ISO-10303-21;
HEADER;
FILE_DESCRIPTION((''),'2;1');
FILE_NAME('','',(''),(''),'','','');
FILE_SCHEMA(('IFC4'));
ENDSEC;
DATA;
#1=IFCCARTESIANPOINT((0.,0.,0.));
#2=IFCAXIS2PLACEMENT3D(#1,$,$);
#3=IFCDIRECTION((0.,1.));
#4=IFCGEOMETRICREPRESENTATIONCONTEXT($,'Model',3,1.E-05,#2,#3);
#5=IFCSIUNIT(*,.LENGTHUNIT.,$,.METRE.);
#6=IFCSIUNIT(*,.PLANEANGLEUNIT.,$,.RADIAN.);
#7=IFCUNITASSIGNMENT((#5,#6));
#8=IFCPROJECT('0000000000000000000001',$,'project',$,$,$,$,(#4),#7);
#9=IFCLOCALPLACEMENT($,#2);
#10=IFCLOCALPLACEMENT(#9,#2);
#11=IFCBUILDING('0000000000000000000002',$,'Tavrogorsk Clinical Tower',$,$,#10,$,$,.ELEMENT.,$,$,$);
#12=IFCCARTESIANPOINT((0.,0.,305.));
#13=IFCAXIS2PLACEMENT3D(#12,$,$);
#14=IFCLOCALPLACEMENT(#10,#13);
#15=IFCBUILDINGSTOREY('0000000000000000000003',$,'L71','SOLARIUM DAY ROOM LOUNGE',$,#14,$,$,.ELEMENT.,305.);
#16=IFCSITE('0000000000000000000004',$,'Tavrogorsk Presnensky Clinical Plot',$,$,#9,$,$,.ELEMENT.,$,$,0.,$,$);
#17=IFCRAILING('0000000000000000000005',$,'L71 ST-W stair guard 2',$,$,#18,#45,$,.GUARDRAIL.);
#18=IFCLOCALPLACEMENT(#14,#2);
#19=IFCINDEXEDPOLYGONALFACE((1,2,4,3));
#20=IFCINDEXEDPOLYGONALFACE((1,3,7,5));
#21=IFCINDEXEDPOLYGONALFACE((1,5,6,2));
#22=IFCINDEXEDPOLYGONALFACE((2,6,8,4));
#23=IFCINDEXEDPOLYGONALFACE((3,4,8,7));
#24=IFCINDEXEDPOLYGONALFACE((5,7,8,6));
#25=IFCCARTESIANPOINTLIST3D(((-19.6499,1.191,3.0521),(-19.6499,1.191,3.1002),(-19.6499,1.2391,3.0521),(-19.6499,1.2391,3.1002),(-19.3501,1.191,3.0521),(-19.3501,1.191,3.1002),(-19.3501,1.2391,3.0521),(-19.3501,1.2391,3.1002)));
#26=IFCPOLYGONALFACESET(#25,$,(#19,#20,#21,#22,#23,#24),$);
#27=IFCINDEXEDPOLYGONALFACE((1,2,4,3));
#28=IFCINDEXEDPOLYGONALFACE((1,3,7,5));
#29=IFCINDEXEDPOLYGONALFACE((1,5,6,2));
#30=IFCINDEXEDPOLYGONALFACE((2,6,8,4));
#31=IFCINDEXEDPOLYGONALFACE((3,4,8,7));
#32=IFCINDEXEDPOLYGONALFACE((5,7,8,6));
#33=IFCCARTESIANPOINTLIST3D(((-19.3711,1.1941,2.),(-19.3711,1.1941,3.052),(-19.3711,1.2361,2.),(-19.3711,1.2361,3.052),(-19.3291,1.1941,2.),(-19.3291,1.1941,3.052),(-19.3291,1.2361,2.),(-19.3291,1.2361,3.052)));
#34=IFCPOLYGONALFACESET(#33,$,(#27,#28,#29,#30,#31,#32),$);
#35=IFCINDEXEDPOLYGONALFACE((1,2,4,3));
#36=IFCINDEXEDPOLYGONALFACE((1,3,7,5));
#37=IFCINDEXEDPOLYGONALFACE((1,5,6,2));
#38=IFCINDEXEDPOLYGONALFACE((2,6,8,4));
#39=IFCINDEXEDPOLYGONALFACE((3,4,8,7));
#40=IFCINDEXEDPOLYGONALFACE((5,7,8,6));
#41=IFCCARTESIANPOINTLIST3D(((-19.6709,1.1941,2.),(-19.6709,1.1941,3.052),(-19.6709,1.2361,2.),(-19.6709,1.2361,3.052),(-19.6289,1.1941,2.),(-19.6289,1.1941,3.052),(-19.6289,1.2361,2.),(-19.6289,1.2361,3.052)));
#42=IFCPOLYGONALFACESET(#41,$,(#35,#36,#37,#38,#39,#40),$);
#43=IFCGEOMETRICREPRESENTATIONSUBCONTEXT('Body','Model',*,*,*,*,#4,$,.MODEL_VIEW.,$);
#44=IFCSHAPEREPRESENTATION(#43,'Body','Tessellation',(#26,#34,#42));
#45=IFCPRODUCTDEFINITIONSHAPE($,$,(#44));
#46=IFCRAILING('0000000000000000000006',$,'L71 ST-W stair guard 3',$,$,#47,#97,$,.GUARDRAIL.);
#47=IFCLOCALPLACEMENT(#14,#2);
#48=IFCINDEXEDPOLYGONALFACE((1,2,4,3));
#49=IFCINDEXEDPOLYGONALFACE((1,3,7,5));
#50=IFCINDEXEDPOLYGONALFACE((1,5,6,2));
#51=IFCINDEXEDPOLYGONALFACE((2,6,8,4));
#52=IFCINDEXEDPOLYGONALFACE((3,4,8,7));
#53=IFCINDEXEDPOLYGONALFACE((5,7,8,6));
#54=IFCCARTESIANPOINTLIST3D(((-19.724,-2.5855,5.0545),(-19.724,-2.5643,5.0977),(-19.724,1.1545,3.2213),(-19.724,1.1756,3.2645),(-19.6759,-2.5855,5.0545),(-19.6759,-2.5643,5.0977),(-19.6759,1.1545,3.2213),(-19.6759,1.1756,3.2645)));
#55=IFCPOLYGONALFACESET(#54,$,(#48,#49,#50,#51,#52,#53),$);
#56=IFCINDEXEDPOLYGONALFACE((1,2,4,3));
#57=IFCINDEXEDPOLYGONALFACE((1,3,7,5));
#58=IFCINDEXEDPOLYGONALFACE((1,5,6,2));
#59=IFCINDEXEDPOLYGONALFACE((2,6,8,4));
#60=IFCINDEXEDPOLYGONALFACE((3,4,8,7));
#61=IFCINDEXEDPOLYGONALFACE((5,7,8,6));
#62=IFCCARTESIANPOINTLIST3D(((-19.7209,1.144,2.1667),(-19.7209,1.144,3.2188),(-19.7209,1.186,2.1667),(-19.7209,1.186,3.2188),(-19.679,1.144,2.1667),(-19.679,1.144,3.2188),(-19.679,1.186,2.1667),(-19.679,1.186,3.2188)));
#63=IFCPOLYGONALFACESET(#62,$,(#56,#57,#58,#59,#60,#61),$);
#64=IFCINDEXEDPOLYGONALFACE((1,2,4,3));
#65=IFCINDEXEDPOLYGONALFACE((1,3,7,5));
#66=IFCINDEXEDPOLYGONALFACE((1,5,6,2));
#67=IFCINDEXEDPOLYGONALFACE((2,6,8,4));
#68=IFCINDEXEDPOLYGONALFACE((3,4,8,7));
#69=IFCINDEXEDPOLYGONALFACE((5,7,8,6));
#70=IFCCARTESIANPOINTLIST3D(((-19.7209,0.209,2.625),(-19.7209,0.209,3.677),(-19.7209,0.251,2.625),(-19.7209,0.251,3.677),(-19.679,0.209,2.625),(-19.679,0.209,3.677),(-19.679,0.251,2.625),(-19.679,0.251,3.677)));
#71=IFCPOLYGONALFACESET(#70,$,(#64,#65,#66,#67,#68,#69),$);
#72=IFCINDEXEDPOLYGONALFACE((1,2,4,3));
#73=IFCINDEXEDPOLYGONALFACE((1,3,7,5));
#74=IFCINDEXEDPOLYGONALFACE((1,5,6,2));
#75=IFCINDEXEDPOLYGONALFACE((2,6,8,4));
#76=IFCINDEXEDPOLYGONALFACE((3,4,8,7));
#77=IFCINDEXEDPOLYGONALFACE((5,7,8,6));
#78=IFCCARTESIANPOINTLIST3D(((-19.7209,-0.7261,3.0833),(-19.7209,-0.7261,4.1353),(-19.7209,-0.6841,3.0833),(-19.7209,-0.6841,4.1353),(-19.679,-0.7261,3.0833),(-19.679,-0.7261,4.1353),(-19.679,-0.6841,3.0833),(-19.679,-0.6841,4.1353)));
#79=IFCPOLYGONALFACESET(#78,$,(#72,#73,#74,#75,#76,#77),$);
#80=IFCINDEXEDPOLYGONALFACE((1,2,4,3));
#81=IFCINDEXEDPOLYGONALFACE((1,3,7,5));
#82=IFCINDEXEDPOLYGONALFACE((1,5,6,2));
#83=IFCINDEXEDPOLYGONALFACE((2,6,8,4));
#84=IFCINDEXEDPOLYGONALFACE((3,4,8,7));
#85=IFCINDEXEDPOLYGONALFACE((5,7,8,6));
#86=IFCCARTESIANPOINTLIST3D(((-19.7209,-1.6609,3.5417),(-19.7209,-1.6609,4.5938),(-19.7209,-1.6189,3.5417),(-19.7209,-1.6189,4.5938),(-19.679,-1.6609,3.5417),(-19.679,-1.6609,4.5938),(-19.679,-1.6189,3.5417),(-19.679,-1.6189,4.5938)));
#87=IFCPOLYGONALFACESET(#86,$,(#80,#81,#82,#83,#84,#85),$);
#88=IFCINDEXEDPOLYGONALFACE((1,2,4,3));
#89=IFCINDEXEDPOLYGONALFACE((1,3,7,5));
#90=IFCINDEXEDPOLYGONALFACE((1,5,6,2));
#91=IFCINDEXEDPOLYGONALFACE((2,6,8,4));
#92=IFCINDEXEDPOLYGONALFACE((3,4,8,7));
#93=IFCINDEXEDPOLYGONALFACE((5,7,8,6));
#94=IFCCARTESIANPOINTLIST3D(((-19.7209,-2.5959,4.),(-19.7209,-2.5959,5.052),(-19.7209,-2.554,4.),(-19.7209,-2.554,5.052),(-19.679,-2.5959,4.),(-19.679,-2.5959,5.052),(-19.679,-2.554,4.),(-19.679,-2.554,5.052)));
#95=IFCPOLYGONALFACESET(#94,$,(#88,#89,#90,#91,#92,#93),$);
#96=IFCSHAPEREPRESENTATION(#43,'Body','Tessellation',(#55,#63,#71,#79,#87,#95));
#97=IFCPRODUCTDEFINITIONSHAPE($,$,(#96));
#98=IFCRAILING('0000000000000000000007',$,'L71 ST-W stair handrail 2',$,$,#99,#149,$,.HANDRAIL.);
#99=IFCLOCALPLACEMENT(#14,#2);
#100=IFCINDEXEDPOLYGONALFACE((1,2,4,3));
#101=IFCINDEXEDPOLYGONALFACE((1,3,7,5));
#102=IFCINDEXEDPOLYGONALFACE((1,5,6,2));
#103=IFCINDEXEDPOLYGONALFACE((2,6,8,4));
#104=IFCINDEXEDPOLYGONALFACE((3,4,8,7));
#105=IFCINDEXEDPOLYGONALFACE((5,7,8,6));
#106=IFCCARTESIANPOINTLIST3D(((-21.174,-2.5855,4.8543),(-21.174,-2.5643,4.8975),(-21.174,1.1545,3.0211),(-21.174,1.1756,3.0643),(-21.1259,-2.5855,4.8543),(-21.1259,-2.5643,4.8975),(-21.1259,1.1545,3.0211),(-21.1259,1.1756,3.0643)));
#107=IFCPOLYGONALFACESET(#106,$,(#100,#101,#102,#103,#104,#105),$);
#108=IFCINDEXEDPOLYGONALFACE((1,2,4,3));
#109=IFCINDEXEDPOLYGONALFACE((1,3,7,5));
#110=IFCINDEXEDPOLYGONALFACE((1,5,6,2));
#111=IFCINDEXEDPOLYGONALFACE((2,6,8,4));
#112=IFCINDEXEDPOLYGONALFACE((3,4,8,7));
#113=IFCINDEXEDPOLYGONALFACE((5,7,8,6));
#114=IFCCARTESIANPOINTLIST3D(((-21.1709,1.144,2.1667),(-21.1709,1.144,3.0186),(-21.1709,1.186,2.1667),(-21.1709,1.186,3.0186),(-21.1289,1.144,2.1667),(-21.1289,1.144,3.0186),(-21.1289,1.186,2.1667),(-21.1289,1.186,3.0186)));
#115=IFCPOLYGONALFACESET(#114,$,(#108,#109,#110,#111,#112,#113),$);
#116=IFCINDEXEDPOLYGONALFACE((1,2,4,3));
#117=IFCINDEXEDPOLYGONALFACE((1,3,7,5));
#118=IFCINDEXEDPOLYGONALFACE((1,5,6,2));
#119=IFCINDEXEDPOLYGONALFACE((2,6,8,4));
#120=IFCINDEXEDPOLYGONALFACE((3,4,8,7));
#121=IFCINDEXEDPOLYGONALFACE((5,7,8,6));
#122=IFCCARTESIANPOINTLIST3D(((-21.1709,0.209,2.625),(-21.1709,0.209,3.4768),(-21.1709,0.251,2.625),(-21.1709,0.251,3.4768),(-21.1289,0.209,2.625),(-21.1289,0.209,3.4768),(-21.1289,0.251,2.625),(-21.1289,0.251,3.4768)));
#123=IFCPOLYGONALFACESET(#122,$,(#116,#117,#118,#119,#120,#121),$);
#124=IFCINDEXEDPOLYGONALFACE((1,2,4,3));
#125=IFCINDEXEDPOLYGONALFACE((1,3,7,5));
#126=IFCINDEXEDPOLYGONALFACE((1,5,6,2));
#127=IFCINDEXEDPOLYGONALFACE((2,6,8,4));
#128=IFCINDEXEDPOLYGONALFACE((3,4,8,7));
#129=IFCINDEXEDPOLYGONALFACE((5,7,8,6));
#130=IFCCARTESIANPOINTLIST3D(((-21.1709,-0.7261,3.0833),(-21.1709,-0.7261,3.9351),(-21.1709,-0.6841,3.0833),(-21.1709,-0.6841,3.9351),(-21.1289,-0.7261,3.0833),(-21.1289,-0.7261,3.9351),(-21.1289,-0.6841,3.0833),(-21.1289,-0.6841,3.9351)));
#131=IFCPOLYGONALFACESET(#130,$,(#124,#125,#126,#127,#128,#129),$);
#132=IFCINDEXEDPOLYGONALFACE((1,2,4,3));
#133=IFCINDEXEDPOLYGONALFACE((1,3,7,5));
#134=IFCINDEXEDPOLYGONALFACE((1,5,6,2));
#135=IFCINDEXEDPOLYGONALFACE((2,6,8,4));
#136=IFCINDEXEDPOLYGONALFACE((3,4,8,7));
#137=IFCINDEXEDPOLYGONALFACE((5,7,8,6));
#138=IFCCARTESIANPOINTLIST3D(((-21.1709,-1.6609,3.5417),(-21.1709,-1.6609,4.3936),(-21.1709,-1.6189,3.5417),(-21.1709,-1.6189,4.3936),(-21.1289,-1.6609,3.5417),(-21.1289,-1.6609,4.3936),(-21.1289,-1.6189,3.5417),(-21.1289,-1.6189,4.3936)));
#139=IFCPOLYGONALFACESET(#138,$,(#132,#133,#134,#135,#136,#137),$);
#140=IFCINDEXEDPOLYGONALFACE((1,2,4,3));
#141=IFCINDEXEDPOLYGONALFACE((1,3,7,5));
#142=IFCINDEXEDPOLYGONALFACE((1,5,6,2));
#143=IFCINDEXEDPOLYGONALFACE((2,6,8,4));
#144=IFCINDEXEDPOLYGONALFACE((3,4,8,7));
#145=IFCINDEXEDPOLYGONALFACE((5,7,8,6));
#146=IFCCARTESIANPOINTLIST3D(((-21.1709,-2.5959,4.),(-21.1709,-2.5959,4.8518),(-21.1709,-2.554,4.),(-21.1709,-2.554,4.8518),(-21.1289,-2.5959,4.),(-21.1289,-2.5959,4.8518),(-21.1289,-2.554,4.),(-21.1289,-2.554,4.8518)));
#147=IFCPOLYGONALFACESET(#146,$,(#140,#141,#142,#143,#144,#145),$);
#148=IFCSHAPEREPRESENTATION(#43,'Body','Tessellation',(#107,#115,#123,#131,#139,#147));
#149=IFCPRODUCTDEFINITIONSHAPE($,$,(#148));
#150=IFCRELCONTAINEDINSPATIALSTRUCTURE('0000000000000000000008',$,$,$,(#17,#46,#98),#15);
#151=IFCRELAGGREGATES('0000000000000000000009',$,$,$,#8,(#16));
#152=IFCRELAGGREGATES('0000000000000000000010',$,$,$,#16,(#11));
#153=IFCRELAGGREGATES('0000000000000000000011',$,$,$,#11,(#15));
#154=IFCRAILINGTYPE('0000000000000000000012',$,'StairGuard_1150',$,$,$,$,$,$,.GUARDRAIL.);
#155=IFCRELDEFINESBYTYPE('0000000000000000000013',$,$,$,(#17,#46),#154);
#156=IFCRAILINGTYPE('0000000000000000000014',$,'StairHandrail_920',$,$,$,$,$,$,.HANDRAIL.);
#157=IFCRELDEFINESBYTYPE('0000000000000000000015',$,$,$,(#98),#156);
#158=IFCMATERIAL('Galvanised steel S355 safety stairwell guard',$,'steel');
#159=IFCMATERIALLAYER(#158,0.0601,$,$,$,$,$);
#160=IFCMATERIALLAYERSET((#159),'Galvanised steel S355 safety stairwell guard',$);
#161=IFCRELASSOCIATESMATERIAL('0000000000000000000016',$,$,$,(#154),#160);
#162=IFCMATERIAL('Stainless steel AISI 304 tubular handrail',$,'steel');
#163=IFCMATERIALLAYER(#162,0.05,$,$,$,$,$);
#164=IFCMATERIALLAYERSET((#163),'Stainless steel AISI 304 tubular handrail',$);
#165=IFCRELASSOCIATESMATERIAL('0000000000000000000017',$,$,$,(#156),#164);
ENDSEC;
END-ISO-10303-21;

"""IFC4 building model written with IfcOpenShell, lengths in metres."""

from ifc_helpers import new_model, si_unit, direction, frame, origin, origin_2d, place, context, subcontext, project, spatial, rectangle, extrude, material, layer, layer_set, type_object, element, save


model = new_model("IFC4")

# Units and contexts
model_context = context("Model", 3, precision=1e-05, world=origin(), true_north=direction((0.0, 1.0)))
body_context = subcontext(model_context, "Body", "Model", "MODEL_VIEW")
ifc_project = project(units=[si_unit("LENGTHUNIT", "METRE"), si_unit("PLANEANGLEUNIT", "RADIAN")], contexts=[model_context])

# Site, building, storey
site_placement = place(None, origin())
site = spatial("IfcSite", under=ifc_project, at=site_placement, Name="Tavrogorsk Presnensky Clinical Plot", CompositionType="ELEMENT", RefElevation=0.0)
building_placement = place(site_placement, origin())
building = spatial("IfcBuilding", under=site, at=building_placement, Name="Tavrogorsk Clinical Tower", CompositionType="ELEMENT")
storey_placement = place(building_placement, frame((0.0, 0.0, 305.0)))
storey = spatial("IfcBuildingStorey", under=building, at=storey_placement, Name="L71", Description="SOLARIUM DAY ROOM LOUNGE", CompositionType="ELEMENT", Elevation=305.0)

# Railings
ifc_material_1 = material(Name="Galvanised steel S355 safety stairwell guard", Category="steel")
ifc_layer_1 = layer(ifc_material_1, 0.0601)
ifc_layer_set_1 = layer_set([ifc_layer_1], Name="Galvanised steel S355 safety stairwell guard")
railing_type_1 = type_object("IfcRailingType", Name="StairGuard_1150", PredefinedType="GUARDRAIL", material=ifc_layer_set_1)
railing_1_placement = place(storey_placement, frame((-19.3501, 1.2151, 2.0)))
element("IfcRailing", 1, at=railing_1_placement, inside=storey, type_object=railing_type_1, Name="L71 ST-W stair guard 2", PredefinedType="GUARDRAIL", context=body_context, shape_type="SweptSolid", body=[
    extrude(rectangle(XDim=0.0481, YDim=0.0481, at=origin_2d()), frame((0.0, 0.0, 1.0762), z_axis=(-1.0, 0.0, 0.0), x_axis=(0.0, -1.0, 0.0)), (0.0, 0.0, 1.0), 0.2998),
    extrude(rectangle(XDim=0.042, YDim=0.042, at=origin_2d()), origin(), (0.0, 0.0, 1.0), 1.052),
    extrude(rectangle(XDim=0.042, YDim=0.042, at=origin_2d()), frame((-0.2998, 0.0, 0.0)), (0.0, 0.0, 1.0), 1.052),
])
railing_2_placement = place(storey_placement, frame((-19.7, 1.165, 2.1667)))
element("IfcRailing", 2, at=railing_2_placement, inside=storey, type_object=railing_type_1, Name="L71 ST-W stair guard 3", PredefinedType="GUARDRAIL", context=body_context, shape_type="SweptSolid", body=[
    extrude(rectangle(XDim=0.0481, YDim=0.0481, at=origin_2d()), frame((0.0, 0.0, 1.0762), z_axis=(0.0, -0.897928, 0.440142), x_axis=(1.0, 0.0, 0.0)), (0.0, 0.0, 1.0), 4.165),
    extrude(rectangle(XDim=0.042, YDim=0.042, at=origin_2d()), origin(), (0.0, 0.0, 1.0), 1.052),
    extrude(rectangle(XDim=0.042, YDim=0.042, at=origin_2d()), frame((0.0, -0.9351, 0.4583)), (0.0, 0.0, 1.0), 1.052),
    extrude(rectangle(XDim=0.042, YDim=0.042, at=origin_2d()), frame((0.0, -1.8701, 0.9165)), (0.0, 0.0, 1.0), 1.052),
    extrude(rectangle(XDim=0.042, YDim=0.042, at=origin_2d()), frame((0.0, -2.8049, 1.375)), (0.0, 0.0, 1.0), 1.052),
    extrude(rectangle(XDim=0.042, YDim=0.042, at=origin_2d()), frame((0.0, -3.74, 1.8333)), (0.0, 0.0, 1.0), 1.052),
])
ifc_material_2 = material(Name="Stainless steel AISI 304 tubular handrail", Category="steel")
ifc_layer_2 = layer(ifc_material_2, 0.05)
ifc_layer_set_2 = layer_set([ifc_layer_2], Name="Stainless steel AISI 304 tubular handrail")
railing_type_2 = type_object("IfcRailingType", Name="StairHandrail_920", PredefinedType="HANDRAIL", material=ifc_layer_set_2)
railing_3_placement = place(storey_placement, frame((-21.1499, 1.165, 2.1667)))
element("IfcRailing", 3, at=railing_3_placement, inside=storey, type_object=railing_type_2, Name="L71 ST-W stair handrail 2", PredefinedType="HANDRAIL", context=body_context, shape_type="SweptSolid", body=[
    extrude(rectangle(XDim=0.0481, YDim=0.0481, at=origin_2d()), frame((0.0, 0.0, 0.876), z_axis=(0.0, -0.897928, 0.440142), x_axis=(1.0, 0.0, 0.0)), (0.0, 0.0, 1.0), 4.165),
    extrude(rectangle(XDim=0.042, YDim=0.042, at=origin_2d()), origin(), (0.0, 0.0, 1.0), 0.8518),
    extrude(rectangle(XDim=0.042, YDim=0.042, at=origin_2d()), frame((0.0, -0.9351, 0.4583)), (0.0, 0.0, 1.0), 0.8518),
    extrude(rectangle(XDim=0.042, YDim=0.042, at=origin_2d()), frame((0.0, -1.8701, 0.9165)), (0.0, 0.0, 1.0), 0.8518),
    extrude(rectangle(XDim=0.042, YDim=0.042, at=origin_2d()), frame((0.0, -2.8049, 1.375)), (0.0, 0.0, 1.0), 0.8518),
    extrude(rectangle(XDim=0.042, YDim=0.042, at=origin_2d()), frame((0.0, -3.74, 1.8333)), (0.0, 0.0, 1.0), 0.8518),
])

save(model, "model.ifc")
